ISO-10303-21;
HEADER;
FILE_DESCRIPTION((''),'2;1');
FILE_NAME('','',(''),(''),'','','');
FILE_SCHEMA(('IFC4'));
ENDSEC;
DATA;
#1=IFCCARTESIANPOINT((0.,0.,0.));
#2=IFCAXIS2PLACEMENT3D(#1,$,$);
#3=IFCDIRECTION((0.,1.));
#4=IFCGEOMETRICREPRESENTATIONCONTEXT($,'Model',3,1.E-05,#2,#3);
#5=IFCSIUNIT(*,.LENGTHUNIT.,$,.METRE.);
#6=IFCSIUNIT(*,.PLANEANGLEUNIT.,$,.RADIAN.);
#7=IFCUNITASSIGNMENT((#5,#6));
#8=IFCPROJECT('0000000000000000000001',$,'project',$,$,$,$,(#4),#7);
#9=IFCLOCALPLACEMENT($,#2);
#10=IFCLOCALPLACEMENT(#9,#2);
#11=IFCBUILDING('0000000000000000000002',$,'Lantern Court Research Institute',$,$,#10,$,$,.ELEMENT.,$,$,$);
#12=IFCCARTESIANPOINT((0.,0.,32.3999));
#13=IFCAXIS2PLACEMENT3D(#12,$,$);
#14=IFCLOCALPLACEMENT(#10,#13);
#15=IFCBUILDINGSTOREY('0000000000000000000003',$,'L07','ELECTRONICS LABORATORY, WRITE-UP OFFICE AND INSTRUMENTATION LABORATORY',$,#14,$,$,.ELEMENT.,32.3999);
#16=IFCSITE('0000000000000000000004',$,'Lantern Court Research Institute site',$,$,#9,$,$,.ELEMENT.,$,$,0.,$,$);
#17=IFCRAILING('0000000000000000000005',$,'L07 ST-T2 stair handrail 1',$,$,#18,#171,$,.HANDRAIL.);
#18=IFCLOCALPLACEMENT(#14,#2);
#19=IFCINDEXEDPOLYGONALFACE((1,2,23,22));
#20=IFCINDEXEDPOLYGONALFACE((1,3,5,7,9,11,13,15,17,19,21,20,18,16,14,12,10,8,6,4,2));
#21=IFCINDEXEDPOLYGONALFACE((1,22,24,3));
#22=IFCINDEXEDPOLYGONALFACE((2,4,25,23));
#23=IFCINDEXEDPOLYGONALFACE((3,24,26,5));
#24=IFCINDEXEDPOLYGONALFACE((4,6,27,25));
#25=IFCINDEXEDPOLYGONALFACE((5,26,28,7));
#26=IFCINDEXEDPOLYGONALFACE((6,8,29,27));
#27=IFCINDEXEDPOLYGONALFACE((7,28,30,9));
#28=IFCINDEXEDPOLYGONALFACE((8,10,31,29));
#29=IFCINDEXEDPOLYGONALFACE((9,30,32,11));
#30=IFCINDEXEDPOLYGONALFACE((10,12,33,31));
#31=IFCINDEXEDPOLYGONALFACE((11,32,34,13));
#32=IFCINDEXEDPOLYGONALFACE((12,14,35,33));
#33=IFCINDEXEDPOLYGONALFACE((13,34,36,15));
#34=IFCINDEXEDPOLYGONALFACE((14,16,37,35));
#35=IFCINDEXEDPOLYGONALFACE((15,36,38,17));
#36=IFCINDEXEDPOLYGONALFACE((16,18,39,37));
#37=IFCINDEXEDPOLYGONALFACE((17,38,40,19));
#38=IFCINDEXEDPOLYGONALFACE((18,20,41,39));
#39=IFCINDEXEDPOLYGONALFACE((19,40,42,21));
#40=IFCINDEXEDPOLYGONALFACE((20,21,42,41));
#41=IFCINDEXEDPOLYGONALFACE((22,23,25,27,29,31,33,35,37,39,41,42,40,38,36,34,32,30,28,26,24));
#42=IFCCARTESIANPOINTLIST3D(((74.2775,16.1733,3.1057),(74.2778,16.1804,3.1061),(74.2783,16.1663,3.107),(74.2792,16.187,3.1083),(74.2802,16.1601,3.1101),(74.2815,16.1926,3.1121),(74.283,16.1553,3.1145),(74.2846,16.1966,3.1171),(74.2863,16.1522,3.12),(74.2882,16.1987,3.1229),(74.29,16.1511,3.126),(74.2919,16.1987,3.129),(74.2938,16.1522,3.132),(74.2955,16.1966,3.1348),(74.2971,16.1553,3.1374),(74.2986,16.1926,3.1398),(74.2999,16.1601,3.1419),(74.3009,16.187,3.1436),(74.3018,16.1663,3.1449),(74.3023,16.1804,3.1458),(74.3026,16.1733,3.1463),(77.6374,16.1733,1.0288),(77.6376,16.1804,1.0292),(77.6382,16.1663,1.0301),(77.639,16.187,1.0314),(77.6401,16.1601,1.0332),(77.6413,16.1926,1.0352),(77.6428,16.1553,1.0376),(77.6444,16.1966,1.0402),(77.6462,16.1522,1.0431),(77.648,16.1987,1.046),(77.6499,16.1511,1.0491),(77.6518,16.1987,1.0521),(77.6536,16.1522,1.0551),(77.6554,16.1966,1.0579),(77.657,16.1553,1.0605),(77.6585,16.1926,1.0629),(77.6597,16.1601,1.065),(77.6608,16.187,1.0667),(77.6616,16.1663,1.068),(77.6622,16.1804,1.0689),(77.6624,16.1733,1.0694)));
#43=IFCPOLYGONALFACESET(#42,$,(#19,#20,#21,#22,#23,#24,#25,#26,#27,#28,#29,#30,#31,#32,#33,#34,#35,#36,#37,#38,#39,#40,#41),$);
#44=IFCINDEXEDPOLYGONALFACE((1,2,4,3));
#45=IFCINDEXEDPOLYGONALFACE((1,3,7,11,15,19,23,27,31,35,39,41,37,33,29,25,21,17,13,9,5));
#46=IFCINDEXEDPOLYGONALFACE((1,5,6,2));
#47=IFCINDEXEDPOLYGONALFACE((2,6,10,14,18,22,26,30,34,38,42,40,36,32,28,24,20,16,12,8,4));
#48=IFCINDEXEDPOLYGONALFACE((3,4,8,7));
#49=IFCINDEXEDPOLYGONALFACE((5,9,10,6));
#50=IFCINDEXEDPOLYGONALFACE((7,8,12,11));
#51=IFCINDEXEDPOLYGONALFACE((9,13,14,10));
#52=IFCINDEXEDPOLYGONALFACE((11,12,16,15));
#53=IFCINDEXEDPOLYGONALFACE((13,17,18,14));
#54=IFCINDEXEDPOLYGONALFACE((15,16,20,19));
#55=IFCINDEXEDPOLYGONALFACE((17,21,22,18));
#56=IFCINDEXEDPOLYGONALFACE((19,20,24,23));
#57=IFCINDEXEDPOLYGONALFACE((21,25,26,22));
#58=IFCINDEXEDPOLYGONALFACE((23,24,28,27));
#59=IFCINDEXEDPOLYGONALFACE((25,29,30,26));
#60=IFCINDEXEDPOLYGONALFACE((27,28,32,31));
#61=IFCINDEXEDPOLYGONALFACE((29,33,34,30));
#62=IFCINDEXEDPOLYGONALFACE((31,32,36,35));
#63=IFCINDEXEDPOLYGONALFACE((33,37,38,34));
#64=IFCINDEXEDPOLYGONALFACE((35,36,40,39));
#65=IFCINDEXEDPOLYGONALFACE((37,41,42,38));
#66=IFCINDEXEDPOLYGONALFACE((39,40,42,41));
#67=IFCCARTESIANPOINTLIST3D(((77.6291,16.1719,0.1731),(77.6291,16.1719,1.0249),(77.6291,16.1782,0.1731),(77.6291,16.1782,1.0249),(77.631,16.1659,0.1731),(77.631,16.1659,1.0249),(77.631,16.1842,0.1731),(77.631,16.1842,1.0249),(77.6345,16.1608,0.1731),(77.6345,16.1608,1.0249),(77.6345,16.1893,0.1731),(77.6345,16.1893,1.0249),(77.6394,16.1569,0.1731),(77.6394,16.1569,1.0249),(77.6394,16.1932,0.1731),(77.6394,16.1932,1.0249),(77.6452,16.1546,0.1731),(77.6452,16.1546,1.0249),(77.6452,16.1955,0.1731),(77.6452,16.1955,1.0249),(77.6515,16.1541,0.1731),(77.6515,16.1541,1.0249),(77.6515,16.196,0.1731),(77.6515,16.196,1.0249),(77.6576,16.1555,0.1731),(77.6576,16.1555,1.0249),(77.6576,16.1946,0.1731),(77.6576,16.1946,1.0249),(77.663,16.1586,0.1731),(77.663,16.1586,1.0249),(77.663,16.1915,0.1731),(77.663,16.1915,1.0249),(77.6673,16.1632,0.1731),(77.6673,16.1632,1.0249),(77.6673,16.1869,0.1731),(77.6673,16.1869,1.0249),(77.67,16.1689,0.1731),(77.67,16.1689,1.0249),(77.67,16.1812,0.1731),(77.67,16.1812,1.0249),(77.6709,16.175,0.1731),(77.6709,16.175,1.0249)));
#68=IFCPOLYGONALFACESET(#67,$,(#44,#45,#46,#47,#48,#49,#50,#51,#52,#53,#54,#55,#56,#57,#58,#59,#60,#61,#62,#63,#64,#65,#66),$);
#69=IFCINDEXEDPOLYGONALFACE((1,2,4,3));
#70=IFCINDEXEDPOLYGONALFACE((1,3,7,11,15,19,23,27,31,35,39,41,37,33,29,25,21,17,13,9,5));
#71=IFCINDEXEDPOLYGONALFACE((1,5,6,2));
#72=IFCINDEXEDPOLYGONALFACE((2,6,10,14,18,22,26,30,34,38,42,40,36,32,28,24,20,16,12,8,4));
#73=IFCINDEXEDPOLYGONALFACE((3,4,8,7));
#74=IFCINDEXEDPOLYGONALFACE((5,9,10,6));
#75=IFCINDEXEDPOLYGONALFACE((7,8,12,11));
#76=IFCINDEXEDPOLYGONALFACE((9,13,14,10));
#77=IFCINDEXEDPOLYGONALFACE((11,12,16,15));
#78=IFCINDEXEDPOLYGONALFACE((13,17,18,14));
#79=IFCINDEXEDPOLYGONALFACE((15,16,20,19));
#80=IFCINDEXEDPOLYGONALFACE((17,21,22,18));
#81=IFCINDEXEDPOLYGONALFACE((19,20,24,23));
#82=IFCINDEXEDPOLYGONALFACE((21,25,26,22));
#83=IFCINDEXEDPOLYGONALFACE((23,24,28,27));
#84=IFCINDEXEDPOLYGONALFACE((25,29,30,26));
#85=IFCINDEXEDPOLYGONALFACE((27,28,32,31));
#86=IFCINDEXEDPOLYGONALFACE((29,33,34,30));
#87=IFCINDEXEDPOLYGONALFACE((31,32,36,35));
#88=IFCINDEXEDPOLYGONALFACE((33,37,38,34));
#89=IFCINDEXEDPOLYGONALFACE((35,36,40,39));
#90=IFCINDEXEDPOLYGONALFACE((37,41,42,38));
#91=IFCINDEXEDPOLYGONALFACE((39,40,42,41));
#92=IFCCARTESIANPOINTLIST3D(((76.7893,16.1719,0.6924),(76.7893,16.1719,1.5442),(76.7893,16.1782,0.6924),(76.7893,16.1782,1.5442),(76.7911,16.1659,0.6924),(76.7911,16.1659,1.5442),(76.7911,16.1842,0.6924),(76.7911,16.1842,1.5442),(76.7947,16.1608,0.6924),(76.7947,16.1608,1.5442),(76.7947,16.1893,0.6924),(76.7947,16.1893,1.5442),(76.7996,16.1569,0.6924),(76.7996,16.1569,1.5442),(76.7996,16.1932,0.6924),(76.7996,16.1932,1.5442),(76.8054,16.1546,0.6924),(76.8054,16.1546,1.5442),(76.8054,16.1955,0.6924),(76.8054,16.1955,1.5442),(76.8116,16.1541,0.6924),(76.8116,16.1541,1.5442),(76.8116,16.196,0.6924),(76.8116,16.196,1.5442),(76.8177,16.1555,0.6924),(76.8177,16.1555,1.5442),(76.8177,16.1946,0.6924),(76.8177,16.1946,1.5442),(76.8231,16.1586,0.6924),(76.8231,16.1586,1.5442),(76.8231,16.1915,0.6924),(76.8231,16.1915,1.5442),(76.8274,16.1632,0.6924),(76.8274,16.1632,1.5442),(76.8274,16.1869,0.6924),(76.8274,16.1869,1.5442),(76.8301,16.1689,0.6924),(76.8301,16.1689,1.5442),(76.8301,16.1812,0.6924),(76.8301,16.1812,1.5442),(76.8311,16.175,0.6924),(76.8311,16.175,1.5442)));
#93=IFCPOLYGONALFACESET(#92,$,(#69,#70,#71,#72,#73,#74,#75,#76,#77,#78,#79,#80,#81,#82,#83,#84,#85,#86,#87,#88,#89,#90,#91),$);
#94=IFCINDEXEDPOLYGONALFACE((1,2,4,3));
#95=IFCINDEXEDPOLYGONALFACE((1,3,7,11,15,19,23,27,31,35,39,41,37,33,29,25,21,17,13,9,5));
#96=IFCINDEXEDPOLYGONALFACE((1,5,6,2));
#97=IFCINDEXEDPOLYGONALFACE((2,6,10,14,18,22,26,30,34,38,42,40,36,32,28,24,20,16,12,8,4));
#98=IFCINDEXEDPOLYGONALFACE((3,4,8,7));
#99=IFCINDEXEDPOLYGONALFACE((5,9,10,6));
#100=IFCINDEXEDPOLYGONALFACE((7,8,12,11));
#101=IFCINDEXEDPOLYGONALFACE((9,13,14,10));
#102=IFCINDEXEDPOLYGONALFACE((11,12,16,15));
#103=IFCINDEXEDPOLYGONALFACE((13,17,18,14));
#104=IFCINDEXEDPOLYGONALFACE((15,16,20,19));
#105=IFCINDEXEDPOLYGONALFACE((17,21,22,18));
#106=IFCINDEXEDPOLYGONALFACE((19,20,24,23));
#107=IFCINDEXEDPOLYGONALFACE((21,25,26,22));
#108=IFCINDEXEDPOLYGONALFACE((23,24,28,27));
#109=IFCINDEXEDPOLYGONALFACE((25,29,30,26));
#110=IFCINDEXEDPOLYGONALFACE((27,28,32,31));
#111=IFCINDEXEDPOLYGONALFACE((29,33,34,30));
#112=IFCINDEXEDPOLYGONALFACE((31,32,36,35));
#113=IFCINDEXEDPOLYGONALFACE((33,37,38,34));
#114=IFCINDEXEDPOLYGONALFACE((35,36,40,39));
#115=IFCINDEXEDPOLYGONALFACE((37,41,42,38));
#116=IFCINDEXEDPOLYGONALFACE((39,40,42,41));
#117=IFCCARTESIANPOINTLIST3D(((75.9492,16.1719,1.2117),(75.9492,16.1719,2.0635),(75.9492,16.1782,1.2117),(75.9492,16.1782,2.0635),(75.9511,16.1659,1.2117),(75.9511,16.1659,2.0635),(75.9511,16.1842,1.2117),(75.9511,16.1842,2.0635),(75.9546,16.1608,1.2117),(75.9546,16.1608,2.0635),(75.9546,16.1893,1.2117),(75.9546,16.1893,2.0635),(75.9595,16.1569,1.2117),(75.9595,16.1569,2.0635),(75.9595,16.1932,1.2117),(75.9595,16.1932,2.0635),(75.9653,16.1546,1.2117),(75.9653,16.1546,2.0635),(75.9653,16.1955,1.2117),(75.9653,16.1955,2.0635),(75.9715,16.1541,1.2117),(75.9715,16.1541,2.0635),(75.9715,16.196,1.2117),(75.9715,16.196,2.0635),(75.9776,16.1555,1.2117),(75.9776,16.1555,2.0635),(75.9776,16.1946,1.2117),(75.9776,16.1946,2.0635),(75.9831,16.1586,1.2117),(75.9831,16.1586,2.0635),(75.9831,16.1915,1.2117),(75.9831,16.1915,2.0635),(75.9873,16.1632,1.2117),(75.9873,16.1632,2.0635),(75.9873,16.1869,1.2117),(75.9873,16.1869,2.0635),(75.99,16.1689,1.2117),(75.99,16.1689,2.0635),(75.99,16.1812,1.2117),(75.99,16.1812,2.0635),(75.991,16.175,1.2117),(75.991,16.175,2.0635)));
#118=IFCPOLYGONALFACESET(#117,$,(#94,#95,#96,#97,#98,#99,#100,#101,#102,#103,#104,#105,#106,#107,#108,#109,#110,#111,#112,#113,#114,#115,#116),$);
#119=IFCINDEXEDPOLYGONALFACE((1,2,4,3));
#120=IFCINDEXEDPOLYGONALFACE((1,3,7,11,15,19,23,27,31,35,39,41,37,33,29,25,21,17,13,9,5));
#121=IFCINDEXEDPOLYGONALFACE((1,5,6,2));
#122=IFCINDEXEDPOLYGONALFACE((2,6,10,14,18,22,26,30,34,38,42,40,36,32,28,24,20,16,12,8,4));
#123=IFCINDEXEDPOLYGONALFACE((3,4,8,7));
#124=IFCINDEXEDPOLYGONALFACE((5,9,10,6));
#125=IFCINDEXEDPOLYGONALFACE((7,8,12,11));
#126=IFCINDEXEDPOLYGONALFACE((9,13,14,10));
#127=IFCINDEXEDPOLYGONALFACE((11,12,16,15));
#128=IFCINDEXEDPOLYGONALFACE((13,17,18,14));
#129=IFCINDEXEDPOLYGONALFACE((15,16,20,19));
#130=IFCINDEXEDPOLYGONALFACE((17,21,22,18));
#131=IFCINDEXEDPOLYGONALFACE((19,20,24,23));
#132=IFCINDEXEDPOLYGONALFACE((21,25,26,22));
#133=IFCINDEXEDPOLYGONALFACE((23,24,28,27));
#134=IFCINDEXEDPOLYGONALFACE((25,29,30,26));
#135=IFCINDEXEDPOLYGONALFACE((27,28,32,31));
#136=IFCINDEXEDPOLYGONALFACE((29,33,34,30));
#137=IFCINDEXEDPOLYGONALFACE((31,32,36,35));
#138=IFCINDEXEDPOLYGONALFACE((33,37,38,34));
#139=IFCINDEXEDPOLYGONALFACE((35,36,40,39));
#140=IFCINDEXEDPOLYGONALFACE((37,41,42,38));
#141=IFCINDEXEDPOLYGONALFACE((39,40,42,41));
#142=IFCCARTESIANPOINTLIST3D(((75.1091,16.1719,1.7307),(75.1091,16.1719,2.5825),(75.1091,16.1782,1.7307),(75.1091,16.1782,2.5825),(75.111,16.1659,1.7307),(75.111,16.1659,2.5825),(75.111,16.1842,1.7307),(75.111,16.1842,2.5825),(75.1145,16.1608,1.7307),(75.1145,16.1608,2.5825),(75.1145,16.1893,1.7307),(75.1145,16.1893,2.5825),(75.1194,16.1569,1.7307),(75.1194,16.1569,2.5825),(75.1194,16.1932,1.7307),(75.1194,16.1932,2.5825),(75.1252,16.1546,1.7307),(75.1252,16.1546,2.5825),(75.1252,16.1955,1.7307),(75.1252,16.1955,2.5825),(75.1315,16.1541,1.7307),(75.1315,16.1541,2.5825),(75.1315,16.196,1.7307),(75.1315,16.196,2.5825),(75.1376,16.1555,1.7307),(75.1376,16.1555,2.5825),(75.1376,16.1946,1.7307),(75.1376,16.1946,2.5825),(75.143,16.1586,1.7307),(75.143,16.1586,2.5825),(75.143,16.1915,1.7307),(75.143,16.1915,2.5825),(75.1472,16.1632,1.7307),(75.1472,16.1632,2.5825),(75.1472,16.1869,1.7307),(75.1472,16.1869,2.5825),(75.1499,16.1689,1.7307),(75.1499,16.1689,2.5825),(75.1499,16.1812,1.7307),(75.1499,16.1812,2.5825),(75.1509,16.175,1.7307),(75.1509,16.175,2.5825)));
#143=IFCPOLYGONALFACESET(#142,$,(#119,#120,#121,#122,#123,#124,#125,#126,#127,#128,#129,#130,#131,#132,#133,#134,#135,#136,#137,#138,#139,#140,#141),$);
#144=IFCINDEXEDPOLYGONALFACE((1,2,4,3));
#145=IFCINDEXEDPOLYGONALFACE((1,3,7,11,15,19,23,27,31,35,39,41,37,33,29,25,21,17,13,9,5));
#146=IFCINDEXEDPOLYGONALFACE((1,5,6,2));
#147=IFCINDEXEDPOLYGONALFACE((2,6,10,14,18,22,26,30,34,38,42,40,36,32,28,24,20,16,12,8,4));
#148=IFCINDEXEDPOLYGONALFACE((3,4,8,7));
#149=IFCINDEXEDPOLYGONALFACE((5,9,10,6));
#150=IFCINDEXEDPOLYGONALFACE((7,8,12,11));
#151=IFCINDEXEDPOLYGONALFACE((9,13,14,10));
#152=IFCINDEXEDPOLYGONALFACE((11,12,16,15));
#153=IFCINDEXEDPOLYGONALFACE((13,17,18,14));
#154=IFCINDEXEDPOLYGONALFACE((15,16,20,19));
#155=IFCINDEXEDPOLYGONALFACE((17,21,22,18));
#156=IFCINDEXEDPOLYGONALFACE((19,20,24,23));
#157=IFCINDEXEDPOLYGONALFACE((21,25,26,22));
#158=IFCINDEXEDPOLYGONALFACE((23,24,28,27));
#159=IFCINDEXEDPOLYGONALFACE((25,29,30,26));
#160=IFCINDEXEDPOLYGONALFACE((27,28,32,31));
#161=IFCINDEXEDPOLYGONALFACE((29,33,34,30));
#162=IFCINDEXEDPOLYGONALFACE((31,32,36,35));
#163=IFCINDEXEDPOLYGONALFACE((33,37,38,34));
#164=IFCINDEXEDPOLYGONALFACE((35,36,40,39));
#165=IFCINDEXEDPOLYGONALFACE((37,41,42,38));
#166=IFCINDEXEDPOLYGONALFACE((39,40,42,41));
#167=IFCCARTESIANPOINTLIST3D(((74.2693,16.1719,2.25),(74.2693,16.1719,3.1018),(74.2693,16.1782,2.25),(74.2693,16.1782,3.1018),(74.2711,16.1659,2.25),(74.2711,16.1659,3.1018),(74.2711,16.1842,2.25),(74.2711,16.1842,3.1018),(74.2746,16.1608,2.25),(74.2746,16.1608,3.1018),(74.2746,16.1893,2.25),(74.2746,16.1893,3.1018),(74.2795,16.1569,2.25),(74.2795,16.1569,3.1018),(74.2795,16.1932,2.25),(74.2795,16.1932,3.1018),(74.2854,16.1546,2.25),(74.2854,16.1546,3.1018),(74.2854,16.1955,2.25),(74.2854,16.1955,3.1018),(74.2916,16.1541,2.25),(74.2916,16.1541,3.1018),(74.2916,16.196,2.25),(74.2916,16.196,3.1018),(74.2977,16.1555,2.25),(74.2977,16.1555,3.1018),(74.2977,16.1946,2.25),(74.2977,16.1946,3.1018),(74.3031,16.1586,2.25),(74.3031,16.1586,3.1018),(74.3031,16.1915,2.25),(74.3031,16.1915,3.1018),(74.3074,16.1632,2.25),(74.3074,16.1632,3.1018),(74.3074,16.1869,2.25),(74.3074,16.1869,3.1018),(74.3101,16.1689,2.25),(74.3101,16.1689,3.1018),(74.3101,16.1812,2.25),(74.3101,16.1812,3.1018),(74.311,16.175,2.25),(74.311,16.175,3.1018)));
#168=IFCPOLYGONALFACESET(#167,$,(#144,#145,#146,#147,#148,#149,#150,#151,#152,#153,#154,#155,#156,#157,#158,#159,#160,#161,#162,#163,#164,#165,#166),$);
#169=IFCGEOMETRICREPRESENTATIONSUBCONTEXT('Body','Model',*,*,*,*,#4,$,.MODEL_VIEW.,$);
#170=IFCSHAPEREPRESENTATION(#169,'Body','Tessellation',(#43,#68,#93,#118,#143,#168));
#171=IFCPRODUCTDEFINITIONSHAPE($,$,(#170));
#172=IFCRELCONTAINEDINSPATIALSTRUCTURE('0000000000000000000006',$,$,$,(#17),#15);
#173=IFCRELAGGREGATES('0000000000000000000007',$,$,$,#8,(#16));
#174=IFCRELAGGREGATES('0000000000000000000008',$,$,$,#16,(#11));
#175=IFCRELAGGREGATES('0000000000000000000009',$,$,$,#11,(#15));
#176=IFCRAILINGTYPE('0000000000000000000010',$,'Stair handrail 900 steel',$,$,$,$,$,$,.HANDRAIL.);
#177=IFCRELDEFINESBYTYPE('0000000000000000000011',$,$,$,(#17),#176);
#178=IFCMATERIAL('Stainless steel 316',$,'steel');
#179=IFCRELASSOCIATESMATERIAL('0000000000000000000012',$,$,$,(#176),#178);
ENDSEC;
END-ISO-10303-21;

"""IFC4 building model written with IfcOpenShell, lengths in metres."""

from ifc_helpers import new_model, si_unit, direction, frame, origin, origin_2d, place, context, subcontext, project, spatial, circle, extrude, material, type_object, element, save


model = new_model("IFC4")

# Units and contexts
model_context = context("Model", 3, precision=1e-05, world=origin(), true_north=direction((0.0, 1.0)))
body_context = subcontext(model_context, "Body", "Model", "MODEL_VIEW")
ifc_project = project(units=[si_unit("LENGTHUNIT", "METRE"), si_unit("PLANEANGLEUNIT", "RADIAN")], contexts=[model_context])

# Site, building, storey
site_placement = place(None, origin())
site = spatial("IfcSite", under=ifc_project, at=site_placement, Name="Lantern Court Research Institute site", CompositionType="ELEMENT", RefElevation=0.0)
building_placement = place(site_placement, origin())
building = spatial("IfcBuilding", under=site, at=building_placement, Name="Lantern Court Research Institute", CompositionType="ELEMENT")
storey_placement = place(building_placement, frame((0.0, 0.0, 32.3999)))
storey = spatial("IfcBuildingStorey", under=building, at=storey_placement, Name="L07", Description="ELECTRONICS LABORATORY, WRITE-UP OFFICE AND INSTRUMENTATION LABORATORY", CompositionType="ELEMENT", Elevation=32.3999)

# Railing
ifc_material_1 = material(Name="Stainless steel 316", Category="steel")
railing_type = type_object("IfcRailingType", Name="Stair handrail 900 steel", PredefinedType="HANDRAIL", material=ifc_material_1)
railing_placement = place(storey_placement, frame((77.6499, 16.175, 0.1731)))
element("IfcRailing", 1, at=railing_placement, inside=storey, type_object=railing_type, Name="L07 ST-T2 stair handrail 1", PredefinedType="HANDRAIL", context=body_context, shape_type="SweptSolid", body=[
    extrude(circle(Radius=0.0239, at=origin_2d()), frame((0.0, 0.0, 0.876), z_axis=(-0.850606, 0.0, 0.525803), x_axis=(0.0, -1.0, 0.0)), (0.0, 0.0, 1.0), 3.95),
    extrude(circle(Radius=0.021, at=origin_2d()), origin(), (0.0, 0.0, 1.0), 0.8518),
    extrude(circle(Radius=0.021, at=origin_2d()), frame((-0.8398, 0.0, 0.5193)), (0.0, 0.0, 1.0), 0.8518),
    extrude(circle(Radius=0.021, at=origin_2d()), frame((-1.6799, 0.0, 1.0386)), (0.0, 0.0, 1.0), 0.8518),
    extrude(circle(Radius=0.021, at=origin_2d()), frame((-2.52, 0.0, 1.5576)), (0.0, 0.0, 1.0), 0.8518),
    extrude(circle(Radius=0.021, at=origin_2d()), frame((-3.3599, 0.0, 2.0769)), (0.0, 0.0, 1.0), 0.8518),
])

save(model, "model.ifc")
